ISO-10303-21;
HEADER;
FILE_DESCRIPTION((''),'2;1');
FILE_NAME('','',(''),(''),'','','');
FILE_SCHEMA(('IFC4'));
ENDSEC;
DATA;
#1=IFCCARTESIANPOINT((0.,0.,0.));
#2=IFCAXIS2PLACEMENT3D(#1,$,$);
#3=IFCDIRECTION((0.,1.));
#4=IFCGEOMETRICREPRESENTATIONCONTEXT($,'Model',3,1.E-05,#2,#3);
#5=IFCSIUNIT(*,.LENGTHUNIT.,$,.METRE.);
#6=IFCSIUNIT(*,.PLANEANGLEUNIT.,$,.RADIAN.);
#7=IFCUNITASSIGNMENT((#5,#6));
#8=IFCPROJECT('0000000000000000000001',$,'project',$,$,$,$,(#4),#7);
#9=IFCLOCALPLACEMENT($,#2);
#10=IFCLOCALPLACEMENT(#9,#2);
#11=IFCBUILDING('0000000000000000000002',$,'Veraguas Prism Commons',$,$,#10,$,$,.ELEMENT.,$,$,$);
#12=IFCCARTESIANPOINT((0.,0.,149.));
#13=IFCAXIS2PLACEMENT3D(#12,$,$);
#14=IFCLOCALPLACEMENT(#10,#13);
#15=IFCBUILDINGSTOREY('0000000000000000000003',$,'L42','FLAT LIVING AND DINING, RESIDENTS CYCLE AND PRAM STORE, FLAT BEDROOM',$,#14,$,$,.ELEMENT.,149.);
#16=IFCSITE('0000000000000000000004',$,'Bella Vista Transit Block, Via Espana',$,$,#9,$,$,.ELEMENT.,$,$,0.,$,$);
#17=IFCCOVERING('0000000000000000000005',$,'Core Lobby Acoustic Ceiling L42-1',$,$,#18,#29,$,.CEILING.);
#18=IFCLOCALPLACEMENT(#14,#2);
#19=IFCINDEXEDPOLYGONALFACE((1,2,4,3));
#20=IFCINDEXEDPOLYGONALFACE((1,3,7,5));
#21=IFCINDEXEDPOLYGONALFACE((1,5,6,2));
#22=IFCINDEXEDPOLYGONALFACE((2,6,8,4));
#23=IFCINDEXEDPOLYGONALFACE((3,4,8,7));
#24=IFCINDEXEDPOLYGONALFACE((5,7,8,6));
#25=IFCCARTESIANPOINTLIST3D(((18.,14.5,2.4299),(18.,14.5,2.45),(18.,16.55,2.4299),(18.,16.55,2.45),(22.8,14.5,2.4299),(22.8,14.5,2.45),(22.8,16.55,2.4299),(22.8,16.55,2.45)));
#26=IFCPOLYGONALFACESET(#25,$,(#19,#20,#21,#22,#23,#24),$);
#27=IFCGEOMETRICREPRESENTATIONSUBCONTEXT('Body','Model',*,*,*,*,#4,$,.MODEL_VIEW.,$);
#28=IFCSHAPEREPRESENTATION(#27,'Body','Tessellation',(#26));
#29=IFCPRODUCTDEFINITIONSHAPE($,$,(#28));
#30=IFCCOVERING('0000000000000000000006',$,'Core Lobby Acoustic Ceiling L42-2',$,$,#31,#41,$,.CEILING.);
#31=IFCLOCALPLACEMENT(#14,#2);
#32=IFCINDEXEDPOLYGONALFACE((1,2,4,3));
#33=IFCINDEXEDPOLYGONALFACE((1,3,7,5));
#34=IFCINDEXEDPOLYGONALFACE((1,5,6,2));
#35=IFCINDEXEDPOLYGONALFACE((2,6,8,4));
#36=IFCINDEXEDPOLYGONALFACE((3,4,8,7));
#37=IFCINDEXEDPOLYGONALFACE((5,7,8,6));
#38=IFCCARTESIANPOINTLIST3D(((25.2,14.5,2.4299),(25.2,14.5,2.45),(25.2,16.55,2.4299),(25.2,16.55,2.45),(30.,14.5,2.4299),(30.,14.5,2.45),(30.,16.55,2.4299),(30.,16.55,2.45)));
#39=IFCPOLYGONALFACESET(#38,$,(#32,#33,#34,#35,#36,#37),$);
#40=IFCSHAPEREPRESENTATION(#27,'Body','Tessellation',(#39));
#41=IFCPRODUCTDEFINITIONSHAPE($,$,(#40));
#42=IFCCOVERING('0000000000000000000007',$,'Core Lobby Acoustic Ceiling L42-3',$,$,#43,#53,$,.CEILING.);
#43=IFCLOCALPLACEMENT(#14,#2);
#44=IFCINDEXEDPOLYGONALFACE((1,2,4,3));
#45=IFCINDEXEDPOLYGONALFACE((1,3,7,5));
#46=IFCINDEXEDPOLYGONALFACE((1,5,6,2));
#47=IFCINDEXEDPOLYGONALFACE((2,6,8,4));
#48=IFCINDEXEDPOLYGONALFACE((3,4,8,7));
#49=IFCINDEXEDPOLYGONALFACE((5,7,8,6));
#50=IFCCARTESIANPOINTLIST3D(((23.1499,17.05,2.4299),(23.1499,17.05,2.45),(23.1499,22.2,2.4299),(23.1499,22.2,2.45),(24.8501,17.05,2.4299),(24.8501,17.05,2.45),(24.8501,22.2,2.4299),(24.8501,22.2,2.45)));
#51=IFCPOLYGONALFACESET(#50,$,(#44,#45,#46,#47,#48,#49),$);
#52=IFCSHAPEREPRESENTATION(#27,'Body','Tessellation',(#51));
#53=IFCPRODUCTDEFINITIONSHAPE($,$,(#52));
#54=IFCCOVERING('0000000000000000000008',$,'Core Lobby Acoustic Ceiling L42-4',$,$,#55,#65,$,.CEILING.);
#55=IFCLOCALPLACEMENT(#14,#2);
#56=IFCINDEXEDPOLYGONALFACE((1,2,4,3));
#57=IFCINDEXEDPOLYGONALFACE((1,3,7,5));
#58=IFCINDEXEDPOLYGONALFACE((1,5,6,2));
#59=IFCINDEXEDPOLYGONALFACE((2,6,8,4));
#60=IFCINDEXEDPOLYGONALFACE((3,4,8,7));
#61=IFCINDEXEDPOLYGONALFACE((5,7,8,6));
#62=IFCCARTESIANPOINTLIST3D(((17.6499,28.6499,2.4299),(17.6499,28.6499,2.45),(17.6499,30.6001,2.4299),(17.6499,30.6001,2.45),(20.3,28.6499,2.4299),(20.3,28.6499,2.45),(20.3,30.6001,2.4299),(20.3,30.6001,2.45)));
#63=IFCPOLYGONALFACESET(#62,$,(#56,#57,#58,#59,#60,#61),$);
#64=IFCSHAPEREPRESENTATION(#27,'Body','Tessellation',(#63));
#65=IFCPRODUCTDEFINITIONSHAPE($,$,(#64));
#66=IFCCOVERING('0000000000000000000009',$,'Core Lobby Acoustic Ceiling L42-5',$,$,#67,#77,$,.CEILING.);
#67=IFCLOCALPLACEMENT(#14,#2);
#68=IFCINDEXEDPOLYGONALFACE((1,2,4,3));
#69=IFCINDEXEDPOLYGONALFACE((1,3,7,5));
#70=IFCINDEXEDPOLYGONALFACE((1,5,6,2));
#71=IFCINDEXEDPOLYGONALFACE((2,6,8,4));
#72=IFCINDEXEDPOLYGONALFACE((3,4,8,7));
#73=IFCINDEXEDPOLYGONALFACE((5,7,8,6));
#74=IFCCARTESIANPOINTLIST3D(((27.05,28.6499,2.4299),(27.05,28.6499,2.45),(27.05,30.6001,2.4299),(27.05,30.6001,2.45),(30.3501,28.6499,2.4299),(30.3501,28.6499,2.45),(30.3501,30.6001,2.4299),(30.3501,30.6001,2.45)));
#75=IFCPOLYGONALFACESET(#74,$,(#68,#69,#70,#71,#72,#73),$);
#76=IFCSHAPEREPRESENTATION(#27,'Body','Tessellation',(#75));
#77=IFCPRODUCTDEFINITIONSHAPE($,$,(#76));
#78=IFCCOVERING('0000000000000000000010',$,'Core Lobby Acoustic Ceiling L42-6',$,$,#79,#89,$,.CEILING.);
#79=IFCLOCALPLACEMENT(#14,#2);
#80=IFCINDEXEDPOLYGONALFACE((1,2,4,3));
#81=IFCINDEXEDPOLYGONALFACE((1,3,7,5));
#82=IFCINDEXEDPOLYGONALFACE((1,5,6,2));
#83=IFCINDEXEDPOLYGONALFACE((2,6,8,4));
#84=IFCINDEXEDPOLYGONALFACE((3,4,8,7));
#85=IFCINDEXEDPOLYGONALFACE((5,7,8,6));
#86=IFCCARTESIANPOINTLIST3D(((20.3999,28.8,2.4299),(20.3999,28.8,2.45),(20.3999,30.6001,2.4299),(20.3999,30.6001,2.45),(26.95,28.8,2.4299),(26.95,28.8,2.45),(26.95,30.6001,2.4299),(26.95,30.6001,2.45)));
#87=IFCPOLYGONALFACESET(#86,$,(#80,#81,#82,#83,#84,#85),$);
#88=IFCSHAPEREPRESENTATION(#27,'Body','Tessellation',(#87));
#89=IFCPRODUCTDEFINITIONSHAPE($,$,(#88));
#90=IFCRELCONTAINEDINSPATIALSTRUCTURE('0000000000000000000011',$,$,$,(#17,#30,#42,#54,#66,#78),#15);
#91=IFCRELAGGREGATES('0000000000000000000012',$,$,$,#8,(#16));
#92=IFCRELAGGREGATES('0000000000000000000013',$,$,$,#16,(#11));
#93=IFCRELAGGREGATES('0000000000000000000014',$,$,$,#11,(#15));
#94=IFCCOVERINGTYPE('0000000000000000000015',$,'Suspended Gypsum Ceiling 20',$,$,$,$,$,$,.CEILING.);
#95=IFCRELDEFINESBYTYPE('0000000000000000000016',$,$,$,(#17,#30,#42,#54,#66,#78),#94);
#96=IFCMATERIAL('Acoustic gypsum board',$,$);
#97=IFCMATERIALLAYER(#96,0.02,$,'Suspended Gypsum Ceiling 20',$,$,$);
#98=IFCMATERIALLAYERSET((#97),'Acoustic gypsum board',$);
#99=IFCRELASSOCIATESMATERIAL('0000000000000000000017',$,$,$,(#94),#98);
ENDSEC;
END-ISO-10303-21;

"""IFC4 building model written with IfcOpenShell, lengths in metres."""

from ifc_helpers import new_model, si_unit, direction, frame, origin, place, context, subcontext, project, spatial, polyline, outline, extrude, material, layer, layer_set, type_object, element, save


model = new_model("IFC4")

# Units and contexts
model_context = context("Model", 3, precision=1e-05, world=origin(), true_north=direction((0.0, 1.0)))
body_context = subcontext(model_context, "Body", "Model", "MODEL_VIEW")
ifc_project = project(units=[si_unit("LENGTHUNIT", "METRE"), si_unit("PLANEANGLEUNIT", "RADIAN")], contexts=[model_context])

# Site, building, storey
site_placement = place(None, origin())
site = spatial("IfcSite", under=ifc_project, at=site_placement, Name="Bella Vista Transit Block, Via Espana", CompositionType="ELEMENT", RefElevation=0.0)
building_placement = place(site_placement, origin())
building = spatial("IfcBuilding", under=site, at=building_placement, Name="Veraguas Prism Commons", CompositionType="ELEMENT")
storey_placement = place(building_placement, frame((0.0, 0.0, 149.0)))
storey = spatial("IfcBuildingStorey", under=building, at=storey_placement, Name="L42", Description="FLAT LIVING AND DINING, RESIDENTS CYCLE AND PRAM STORE, FLAT BEDROOM", CompositionType="ELEMENT", Elevation=149.0)

# Coverings
ifc_material_1 = material(Name="Acoustic gypsum board")
ifc_layer_1 = layer(ifc_material_1, 0.02, Name="Suspended Gypsum Ceiling 20")
ifc_layer_set_1 = layer_set([ifc_layer_1], Name="Acoustic gypsum board")
covering_type_1 = type_object("IfcCoveringType", Name="Suspended Gypsum Ceiling 20", PredefinedType="CEILING", material=ifc_layer_set_1)
covering_1_placement = place(storey_placement, frame((0.0, 0.0, 2.4299)))
element("IfcCovering", 1, at=covering_1_placement, inside=storey, type_object=covering_type_1, Name="Core Lobby Acoustic Ceiling L42-1", PredefinedType="CEILING", context=body_context, shape_type="SweptSolid", body=[
    extrude(outline(polyline([(18.0, 14.5), (22.8, 14.5), (22.8, 16.55), (18.0, 16.55), (18.0, 14.5)])), origin(), (0.0, 0.0, 1.0), 0.02),
])
covering_2_placement = place(storey_placement, frame((0.0, 0.0, 2.4299)))
element("IfcCovering", 2, at=covering_2_placement, inside=storey, type_object=covering_type_1, Name="Core Lobby Acoustic Ceiling L42-2", PredefinedType="CEILING", context=body_context, shape_type="SweptSolid", body=[
    extrude(outline(polyline([(25.2, 14.5), (30.0, 14.5), (30.0, 16.55), (25.2, 16.55), (25.2, 14.5)])), origin(), (0.0, 0.0, 1.0), 0.02),
])
covering_3_placement = place(storey_placement, frame((0.0, 0.0, 2.4299)))
element("IfcCovering", 3, at=covering_3_placement, inside=storey, type_object=covering_type_1, Name="Core Lobby Acoustic Ceiling L42-3", PredefinedType="CEILING", context=body_context, shape_type="SweptSolid", body=[
    extrude(outline(polyline([(23.1499, 17.05), (24.8501, 17.05), (24.8501, 22.2), (23.1499, 22.2), (23.1499, 17.05)])), origin(), (0.0, 0.0, 1.0), 0.02),
])
covering_4_placement = place(storey_placement, frame((0.0, 0.0, 2.4299)))
element("IfcCovering", 4, at=covering_4_placement, inside=storey, type_object=covering_type_1, Name="Core Lobby Acoustic Ceiling L42-4", PredefinedType="CEILING", context=body_context, shape_type="SweptSolid", body=[
    extrude(outline(polyline([(17.6499, 28.6499), (20.3, 28.6499), (20.3, 30.6001), (17.6499, 30.6001), (17.6499, 28.6499)])), origin(), (0.0, 0.0, 1.0), 0.02),
])
covering_5_placement = place(storey_placement, frame((0.0, 0.0, 2.4299)))
element("IfcCovering", 5, at=covering_5_placement, inside=storey, type_object=covering_type_1, Name="Core Lobby Acoustic Ceiling L42-5", PredefinedType="CEILING", context=body_context, shape_type="SweptSolid", body=[
    extrude(outline(polyline([(27.05, 28.6499), (30.3501, 28.6499), (30.3501, 30.6001), (27.05, 30.6001), (27.05, 28.6499)])), origin(), (0.0, 0.0, 1.0), 0.02),
])
covering_6_placement = place(storey_placement, frame((0.0, 0.0, 2.4299)))
element("IfcCovering", 6, at=covering_6_placement, inside=storey, type_object=covering_type_1, Name="Core Lobby Acoustic Ceiling L42-6", PredefinedType="CEILING", context=body_context, shape_type="SweptSolid", body=[
    extrude(outline(polyline([(20.3999, 28.8), (26.95, 28.8), (26.95, 30.6001), (20.3999, 30.6001), (20.3999, 28.8)])), origin(), (0.0, 0.0, 1.0), 0.02),
])

save(model, "model.ifc")
